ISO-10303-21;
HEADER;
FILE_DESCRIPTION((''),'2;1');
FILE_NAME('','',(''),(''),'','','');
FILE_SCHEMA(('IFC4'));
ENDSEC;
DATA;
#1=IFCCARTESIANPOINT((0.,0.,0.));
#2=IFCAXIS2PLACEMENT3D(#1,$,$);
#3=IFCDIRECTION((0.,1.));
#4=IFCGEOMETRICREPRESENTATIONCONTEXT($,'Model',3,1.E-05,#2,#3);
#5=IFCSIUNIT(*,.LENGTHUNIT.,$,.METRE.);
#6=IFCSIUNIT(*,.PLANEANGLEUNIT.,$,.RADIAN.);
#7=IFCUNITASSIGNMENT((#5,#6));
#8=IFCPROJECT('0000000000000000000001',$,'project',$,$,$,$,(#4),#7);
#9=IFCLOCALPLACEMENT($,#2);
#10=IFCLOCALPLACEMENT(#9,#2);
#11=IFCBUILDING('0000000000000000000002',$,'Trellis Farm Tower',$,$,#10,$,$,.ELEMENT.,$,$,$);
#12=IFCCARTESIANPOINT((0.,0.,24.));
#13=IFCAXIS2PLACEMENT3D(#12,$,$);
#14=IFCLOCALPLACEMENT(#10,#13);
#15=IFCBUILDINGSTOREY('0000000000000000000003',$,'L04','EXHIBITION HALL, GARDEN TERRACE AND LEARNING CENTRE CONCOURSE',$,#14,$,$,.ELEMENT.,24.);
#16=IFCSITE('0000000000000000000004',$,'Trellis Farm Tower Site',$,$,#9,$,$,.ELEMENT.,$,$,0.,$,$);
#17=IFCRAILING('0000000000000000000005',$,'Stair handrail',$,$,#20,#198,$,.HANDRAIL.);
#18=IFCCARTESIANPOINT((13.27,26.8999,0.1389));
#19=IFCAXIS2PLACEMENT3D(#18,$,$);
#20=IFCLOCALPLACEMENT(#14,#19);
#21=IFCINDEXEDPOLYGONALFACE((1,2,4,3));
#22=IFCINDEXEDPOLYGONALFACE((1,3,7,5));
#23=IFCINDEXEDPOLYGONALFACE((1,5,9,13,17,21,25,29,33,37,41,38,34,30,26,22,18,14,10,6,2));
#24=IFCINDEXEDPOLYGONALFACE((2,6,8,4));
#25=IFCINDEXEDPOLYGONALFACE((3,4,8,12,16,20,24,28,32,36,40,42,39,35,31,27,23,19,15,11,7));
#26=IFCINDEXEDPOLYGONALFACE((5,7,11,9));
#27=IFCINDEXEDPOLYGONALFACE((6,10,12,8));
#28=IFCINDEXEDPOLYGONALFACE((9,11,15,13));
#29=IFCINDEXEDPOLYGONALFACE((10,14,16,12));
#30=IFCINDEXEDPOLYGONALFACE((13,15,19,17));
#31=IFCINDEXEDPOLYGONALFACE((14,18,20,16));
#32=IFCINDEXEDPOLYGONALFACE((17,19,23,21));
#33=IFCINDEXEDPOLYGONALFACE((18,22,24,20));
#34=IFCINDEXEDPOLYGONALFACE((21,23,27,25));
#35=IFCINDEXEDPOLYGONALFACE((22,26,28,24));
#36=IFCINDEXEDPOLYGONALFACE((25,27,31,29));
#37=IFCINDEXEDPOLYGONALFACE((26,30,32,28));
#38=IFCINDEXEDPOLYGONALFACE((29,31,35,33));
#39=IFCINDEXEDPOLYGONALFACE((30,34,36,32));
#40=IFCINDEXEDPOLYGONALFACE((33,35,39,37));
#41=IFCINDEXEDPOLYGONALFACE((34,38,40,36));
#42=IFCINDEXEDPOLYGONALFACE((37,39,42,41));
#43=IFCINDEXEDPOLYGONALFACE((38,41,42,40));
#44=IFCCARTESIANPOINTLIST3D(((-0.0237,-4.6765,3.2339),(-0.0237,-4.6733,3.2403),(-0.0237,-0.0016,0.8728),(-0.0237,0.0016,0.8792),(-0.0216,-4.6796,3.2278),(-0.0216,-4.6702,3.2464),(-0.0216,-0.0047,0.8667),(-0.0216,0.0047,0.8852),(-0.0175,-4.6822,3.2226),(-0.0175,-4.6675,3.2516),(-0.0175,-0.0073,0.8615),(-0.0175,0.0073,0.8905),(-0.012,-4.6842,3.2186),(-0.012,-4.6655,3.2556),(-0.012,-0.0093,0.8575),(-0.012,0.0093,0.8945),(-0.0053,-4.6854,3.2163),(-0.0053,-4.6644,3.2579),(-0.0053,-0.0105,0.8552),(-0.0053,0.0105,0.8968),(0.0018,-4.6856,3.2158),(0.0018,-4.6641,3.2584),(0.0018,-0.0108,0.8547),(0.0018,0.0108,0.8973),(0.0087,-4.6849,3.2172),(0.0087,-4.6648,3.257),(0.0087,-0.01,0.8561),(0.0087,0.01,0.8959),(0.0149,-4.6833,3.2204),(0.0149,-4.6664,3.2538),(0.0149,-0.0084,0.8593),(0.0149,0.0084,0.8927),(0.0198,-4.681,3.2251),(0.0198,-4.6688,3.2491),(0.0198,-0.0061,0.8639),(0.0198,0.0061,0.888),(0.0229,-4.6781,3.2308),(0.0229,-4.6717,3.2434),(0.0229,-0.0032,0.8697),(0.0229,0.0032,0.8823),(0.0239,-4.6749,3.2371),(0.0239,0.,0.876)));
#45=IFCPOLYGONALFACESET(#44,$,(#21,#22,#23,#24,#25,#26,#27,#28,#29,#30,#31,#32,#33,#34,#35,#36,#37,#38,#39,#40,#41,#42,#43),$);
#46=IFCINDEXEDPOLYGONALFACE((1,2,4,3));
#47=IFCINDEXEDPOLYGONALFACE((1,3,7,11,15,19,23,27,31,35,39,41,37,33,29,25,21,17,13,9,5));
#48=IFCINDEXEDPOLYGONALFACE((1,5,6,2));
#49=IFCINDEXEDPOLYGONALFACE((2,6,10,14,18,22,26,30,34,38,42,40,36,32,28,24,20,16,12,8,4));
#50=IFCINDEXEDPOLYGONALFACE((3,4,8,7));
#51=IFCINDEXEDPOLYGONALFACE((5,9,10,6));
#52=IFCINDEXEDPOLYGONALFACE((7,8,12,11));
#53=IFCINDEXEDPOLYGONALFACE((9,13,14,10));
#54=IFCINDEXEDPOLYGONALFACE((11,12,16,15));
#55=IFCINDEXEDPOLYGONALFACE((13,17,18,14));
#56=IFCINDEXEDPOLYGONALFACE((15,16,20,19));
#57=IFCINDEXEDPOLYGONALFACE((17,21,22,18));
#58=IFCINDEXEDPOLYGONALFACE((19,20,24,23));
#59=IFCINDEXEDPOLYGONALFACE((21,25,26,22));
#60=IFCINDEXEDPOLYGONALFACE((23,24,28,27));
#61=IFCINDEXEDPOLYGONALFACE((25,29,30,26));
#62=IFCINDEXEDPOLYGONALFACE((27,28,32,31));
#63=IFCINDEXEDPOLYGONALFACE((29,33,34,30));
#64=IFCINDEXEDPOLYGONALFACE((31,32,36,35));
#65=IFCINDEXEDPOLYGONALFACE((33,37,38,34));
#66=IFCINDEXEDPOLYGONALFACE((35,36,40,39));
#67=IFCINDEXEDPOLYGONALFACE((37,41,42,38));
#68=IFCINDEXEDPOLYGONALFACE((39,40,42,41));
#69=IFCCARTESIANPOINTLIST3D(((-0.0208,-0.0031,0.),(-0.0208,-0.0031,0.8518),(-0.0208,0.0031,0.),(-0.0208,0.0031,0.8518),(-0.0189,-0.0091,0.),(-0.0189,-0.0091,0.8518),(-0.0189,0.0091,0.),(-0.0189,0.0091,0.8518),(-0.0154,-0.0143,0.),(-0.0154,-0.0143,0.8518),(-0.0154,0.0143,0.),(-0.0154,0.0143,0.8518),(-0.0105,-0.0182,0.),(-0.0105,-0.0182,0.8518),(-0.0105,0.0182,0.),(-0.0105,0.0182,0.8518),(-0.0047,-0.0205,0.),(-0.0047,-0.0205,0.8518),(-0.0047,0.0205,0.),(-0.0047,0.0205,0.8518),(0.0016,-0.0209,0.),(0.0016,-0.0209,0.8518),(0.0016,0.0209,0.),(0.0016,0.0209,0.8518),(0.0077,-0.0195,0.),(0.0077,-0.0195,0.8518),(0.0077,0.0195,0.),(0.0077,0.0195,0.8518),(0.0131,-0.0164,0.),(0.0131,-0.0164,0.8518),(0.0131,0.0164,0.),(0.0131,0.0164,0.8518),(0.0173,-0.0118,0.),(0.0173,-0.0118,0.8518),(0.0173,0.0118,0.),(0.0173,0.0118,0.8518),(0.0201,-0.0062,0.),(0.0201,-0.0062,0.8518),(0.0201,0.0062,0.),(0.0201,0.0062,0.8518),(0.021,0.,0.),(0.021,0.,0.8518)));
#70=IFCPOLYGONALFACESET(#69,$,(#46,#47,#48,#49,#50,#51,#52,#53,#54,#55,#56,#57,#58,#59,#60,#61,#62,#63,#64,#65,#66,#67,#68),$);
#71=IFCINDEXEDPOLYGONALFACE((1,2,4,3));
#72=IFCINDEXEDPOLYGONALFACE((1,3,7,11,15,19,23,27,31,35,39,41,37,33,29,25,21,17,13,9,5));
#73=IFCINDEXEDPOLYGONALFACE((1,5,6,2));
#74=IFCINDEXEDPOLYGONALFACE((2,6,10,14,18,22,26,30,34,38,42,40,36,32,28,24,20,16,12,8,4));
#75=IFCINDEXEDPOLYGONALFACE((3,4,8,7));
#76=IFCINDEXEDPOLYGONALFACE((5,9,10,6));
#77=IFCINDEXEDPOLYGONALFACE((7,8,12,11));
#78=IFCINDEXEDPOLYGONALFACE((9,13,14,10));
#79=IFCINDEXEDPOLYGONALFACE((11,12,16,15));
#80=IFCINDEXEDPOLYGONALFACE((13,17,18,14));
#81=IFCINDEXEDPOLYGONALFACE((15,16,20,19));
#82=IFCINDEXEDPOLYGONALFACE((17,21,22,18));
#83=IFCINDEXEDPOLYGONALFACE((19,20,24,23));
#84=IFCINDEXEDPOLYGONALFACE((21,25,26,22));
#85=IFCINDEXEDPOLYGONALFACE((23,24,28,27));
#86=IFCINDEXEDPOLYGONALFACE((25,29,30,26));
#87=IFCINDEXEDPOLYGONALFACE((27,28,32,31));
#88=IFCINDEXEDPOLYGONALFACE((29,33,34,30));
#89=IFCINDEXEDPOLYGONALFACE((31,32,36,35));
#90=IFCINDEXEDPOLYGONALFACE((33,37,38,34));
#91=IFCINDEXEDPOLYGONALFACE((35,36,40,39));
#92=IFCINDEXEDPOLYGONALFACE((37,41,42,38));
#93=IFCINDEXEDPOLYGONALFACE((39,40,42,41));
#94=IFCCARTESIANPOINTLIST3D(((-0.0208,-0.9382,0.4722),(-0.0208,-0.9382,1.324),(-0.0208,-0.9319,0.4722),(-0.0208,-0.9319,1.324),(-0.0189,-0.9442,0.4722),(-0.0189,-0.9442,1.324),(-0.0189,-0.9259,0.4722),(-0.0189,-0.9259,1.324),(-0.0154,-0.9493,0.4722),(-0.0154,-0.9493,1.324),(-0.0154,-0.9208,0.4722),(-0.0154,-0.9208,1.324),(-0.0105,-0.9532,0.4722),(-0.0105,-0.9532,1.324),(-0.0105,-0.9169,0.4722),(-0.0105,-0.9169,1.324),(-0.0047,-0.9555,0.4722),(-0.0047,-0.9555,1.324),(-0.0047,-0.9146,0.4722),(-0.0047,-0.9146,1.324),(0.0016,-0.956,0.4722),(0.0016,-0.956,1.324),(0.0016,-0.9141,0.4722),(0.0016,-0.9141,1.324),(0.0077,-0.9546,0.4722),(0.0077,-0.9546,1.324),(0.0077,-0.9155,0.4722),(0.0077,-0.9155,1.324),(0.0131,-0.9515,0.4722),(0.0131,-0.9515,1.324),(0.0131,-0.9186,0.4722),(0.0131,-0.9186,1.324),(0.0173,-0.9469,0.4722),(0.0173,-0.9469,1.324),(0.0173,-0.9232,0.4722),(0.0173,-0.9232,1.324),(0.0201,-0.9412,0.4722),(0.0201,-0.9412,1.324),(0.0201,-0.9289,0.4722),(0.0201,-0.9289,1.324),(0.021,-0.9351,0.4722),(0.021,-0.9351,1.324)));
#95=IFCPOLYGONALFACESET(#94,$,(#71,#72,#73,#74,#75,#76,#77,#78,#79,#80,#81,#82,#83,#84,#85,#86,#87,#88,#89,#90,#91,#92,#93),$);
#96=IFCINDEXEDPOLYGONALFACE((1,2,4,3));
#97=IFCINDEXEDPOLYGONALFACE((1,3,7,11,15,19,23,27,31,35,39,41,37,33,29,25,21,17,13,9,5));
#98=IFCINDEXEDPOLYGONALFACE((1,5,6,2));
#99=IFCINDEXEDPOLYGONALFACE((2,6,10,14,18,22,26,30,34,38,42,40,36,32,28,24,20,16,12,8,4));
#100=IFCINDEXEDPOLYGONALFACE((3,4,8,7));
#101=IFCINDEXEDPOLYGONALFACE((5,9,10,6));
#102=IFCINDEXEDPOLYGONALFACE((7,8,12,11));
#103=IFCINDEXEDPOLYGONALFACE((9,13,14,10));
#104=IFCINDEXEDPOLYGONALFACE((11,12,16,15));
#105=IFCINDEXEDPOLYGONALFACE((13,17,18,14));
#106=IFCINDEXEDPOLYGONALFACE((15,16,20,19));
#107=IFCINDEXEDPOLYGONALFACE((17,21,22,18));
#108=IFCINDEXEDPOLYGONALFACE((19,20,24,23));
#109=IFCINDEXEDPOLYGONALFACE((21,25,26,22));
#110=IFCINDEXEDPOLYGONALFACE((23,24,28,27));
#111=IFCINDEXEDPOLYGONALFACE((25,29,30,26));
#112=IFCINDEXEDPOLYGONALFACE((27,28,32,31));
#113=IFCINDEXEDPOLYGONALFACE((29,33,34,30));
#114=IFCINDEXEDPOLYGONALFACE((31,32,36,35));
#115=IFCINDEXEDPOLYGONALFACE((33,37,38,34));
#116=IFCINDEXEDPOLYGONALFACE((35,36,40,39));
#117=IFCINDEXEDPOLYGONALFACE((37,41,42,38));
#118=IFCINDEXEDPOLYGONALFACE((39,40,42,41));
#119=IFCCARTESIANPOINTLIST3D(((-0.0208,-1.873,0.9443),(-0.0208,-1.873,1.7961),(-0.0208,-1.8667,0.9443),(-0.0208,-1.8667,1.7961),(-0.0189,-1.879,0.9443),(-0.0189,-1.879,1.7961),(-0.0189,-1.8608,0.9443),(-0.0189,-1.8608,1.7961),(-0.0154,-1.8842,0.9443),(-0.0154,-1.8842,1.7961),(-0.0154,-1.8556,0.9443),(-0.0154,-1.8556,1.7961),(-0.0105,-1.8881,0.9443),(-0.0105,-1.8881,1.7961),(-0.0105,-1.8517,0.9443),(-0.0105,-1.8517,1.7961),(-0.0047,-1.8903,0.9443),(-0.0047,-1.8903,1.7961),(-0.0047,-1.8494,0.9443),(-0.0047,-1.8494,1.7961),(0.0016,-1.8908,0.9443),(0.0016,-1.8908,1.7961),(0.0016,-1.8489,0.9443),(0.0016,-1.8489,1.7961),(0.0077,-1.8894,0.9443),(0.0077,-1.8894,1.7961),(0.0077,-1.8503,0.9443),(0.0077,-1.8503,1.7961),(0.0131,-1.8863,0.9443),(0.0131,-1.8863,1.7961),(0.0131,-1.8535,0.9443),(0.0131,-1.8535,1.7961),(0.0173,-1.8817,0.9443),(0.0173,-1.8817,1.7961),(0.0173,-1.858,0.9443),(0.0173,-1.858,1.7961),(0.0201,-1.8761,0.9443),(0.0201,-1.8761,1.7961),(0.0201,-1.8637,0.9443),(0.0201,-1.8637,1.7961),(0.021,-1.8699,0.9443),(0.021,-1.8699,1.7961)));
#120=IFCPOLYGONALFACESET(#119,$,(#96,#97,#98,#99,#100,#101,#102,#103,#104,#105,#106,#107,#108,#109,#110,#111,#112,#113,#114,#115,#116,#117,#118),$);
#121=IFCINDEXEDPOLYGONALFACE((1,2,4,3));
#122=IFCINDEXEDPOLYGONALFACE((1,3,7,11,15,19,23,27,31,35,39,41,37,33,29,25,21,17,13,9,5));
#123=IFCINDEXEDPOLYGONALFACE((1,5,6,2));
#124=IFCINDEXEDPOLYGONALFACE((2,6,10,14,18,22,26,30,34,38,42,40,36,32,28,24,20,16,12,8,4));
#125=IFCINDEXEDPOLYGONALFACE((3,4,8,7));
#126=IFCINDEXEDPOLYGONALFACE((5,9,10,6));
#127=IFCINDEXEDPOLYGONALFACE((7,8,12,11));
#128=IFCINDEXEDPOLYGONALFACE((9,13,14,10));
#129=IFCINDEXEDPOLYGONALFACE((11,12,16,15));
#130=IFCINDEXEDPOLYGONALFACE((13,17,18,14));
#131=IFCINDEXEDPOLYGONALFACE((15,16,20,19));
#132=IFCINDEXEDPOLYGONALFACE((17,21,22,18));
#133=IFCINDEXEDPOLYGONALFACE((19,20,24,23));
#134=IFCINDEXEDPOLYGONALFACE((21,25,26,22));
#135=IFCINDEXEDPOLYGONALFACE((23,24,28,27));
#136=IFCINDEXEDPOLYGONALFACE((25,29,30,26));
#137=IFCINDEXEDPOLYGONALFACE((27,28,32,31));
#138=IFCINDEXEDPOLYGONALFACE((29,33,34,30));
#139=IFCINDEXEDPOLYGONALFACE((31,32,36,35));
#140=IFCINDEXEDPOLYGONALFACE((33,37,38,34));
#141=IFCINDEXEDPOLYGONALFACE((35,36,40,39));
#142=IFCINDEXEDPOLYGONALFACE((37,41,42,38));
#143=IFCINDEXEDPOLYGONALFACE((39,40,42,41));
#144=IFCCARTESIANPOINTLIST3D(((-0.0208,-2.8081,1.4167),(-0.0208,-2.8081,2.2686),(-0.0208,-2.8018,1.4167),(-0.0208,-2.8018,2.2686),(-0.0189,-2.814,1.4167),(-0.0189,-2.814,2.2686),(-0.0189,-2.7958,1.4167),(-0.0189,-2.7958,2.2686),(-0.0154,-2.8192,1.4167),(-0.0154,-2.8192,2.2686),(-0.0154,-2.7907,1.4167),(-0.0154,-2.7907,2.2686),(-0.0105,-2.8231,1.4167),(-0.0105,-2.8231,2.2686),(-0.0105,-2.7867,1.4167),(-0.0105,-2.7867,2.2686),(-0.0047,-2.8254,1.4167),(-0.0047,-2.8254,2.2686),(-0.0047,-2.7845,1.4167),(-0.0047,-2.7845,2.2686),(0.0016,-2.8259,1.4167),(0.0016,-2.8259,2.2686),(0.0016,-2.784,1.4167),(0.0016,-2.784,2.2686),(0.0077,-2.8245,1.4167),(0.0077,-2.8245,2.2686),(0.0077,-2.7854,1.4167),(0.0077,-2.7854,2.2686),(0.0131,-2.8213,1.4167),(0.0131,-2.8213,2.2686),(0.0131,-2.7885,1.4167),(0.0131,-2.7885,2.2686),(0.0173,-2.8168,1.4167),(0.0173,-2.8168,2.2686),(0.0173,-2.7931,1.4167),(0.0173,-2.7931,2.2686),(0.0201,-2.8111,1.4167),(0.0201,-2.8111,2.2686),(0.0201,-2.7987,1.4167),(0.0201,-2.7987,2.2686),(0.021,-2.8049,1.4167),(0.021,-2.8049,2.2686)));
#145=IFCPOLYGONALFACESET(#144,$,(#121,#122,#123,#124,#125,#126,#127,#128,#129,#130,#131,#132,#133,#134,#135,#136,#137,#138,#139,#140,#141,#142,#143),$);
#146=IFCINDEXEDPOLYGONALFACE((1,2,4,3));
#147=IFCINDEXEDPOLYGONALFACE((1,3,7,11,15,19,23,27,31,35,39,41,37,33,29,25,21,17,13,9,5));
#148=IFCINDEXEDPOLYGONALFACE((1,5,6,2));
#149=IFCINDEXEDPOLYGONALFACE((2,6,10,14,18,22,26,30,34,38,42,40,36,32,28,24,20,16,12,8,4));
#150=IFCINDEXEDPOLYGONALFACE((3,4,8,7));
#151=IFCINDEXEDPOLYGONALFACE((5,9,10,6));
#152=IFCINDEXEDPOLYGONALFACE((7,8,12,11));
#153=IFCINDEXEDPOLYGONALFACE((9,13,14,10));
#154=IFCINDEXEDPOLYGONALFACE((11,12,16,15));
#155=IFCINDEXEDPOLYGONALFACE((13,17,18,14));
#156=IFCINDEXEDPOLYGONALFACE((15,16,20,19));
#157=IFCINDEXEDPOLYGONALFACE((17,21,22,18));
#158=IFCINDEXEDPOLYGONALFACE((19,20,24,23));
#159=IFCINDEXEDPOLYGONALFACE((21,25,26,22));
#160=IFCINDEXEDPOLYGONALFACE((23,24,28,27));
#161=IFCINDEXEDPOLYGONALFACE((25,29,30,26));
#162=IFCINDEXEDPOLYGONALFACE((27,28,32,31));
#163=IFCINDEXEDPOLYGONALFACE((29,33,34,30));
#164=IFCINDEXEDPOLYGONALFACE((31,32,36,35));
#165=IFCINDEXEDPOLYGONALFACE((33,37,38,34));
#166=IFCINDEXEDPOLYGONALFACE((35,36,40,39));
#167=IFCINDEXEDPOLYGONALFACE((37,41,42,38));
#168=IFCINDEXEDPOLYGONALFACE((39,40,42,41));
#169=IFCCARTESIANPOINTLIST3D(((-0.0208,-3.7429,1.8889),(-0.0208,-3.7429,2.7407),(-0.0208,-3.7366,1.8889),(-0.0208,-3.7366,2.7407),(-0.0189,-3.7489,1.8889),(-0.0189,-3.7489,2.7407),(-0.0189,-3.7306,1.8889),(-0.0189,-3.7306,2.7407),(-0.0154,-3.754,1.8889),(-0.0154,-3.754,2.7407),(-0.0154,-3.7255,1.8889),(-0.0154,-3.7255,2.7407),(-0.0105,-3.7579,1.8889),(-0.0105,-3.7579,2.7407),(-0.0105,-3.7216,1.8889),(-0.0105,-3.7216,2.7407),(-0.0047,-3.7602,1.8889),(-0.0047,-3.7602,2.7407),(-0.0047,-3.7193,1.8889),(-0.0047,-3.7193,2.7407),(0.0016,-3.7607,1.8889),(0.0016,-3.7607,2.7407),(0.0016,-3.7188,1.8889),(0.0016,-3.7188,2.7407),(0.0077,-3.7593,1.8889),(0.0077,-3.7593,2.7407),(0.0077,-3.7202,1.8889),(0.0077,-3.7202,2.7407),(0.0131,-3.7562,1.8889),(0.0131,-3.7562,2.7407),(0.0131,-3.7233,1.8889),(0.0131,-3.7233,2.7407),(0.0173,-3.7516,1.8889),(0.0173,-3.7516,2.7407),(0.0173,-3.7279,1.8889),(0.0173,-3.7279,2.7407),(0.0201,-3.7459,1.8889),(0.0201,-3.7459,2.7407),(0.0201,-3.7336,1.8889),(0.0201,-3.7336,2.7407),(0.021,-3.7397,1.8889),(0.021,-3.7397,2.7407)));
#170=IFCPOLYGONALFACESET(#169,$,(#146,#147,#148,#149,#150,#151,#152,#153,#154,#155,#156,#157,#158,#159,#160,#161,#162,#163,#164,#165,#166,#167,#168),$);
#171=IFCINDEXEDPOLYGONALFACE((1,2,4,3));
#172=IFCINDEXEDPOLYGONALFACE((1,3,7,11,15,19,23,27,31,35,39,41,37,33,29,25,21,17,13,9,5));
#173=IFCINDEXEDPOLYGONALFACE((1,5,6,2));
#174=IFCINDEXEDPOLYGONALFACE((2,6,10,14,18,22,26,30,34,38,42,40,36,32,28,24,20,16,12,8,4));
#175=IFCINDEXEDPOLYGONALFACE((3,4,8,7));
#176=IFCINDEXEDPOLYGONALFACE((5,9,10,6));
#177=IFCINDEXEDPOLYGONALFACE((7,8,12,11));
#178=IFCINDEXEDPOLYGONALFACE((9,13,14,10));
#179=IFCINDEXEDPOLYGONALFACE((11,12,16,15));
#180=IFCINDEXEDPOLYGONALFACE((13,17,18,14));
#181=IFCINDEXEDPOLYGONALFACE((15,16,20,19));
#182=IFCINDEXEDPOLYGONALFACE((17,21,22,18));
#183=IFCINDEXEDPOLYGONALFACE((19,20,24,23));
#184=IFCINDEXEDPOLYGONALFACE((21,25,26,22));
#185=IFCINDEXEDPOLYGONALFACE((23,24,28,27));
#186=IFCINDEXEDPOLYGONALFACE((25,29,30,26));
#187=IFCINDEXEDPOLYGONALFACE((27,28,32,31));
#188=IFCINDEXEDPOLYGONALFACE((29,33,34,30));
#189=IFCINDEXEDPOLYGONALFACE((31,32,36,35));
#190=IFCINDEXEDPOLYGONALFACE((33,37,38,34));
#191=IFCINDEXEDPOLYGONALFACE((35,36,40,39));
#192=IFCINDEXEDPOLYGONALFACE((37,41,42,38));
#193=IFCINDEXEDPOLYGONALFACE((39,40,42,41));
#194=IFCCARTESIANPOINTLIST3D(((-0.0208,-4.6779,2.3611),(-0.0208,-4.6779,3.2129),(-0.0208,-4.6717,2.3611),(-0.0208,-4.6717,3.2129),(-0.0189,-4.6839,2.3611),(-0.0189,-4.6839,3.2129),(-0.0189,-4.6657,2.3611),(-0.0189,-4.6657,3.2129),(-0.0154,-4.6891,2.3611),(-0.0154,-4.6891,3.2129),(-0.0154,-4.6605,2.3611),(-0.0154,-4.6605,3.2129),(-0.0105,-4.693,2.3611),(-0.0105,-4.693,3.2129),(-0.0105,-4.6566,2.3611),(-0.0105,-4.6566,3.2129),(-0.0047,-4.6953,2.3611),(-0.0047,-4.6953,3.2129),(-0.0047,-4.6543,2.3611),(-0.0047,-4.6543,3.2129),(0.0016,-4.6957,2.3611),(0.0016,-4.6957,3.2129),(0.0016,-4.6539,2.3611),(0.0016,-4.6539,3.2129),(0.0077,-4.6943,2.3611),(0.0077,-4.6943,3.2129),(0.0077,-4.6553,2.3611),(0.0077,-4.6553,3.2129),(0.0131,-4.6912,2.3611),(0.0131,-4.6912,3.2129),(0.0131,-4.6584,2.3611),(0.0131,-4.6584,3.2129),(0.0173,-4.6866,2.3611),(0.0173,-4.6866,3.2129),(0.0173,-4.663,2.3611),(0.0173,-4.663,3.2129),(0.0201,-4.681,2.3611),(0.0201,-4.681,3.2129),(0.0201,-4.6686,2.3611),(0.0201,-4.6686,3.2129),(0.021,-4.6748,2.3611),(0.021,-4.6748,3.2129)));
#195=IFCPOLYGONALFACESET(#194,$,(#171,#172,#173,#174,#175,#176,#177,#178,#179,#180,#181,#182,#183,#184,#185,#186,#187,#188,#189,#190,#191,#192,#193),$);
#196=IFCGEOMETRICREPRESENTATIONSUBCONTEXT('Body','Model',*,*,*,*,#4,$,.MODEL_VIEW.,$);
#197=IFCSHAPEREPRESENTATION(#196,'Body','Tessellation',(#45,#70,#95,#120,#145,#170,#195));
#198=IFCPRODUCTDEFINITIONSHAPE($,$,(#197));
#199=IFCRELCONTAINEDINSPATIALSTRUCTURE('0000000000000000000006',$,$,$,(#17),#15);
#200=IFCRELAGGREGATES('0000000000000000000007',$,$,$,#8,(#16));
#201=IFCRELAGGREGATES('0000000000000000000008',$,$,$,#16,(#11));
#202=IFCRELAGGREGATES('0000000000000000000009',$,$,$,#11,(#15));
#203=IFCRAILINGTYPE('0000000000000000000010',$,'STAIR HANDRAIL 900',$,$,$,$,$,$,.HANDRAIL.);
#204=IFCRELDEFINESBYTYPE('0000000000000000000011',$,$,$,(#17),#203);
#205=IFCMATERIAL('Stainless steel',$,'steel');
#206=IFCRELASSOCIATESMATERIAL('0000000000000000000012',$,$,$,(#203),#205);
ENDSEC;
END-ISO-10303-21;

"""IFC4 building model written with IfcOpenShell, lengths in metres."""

from ifc_helpers import new_model, si_unit, direction, frame, origin, origin_2d, place, context, subcontext, project, spatial, circle, extrude, source, transform, mapped, material, type_object, element, save


model = new_model("IFC4")

# Units and contexts
model_context = context("Model", 3, precision=1e-05, world=origin(), true_north=direction((0.0, 1.0)))
body_context = subcontext(model_context, "Body", "Model", "MODEL_VIEW")
ifc_project = project(units=[si_unit("LENGTHUNIT", "METRE"), si_unit("PLANEANGLEUNIT", "RADIAN")], contexts=[model_context])

# Site, building, storey
site_placement = place(None, origin())
site = spatial("IfcSite", under=ifc_project, at=site_placement, Name="Trellis Farm Tower Site", CompositionType="ELEMENT", RefElevation=0.0)
building_placement = place(site_placement, origin())
building = spatial("IfcBuilding", under=site, at=building_placement, Name="Trellis Farm Tower", CompositionType="ELEMENT")
storey_placement = place(building_placement, frame((0.0, 0.0, 24.0)))
storey = spatial("IfcBuildingStorey", under=building, at=storey_placement, Name="L04", Description="EXHIBITION HALL, GARDEN TERRACE AND LEARNING CENTRE CONCOURSE", CompositionType="ELEMENT", Elevation=24.0)

# Railing
ifc_material_1 = material(Name="Stainless steel", Category="steel")
railing_type = type_object("IfcRailingType", Name="STAIR HANDRAIL 900", PredefinedType="HANDRAIL", material=ifc_material_1)
shared_shape_1 = source(origin(), body_context, "Body", "SweptSolid", [
    extrude(circle(Radius=0.0239, at=origin_2d()), frame((0.0, 0.0, 0.876), z_axis=(0.0, -0.892611, 0.450827), x_axis=(1.0, 0.0, 0.0)), (0.0, 0.0, 1.0), 5.2373),
    extrude(circle(Radius=0.021, at=origin_2d()), origin(), (0.0, 0.0, 1.0), 0.8518),
    extrude(circle(Radius=0.021, at=origin_2d()), frame((0.0, -0.9351, 0.4722)), (0.0, 0.0, 1.0), 0.8518),
    extrude(circle(Radius=0.021, at=origin_2d()), frame((0.0, -1.8699, 0.9443)), (0.0, 0.0, 1.0), 0.8518),
    extrude(circle(Radius=0.021, at=origin_2d()), frame((0.0, -2.8049, 1.4167)), (0.0, 0.0, 1.0), 0.8518),
    extrude(circle(Radius=0.021, at=origin_2d()), frame((0.0, -3.7397, 1.8889)), (0.0, 0.0, 1.0), 0.8518),
    extrude(circle(Radius=0.021, at=origin_2d()), frame((0.0, -4.6748, 2.3611)), (0.0, 0.0, 1.0), 0.8518),
])
railing_placement = place(storey_placement, frame((13.27, 26.8999, 0.1389)))
element("IfcRailing", 1, at=railing_placement, inside=storey, type_object=railing_type, Name="Stair handrail", PredefinedType="HANDRAIL", context=body_context, shape_type="MappedRepresentation", body=[
    mapped(shared_shape_1, transform((0.0, 0.0, 0.0))),
])

save(model, "model.ifc")
